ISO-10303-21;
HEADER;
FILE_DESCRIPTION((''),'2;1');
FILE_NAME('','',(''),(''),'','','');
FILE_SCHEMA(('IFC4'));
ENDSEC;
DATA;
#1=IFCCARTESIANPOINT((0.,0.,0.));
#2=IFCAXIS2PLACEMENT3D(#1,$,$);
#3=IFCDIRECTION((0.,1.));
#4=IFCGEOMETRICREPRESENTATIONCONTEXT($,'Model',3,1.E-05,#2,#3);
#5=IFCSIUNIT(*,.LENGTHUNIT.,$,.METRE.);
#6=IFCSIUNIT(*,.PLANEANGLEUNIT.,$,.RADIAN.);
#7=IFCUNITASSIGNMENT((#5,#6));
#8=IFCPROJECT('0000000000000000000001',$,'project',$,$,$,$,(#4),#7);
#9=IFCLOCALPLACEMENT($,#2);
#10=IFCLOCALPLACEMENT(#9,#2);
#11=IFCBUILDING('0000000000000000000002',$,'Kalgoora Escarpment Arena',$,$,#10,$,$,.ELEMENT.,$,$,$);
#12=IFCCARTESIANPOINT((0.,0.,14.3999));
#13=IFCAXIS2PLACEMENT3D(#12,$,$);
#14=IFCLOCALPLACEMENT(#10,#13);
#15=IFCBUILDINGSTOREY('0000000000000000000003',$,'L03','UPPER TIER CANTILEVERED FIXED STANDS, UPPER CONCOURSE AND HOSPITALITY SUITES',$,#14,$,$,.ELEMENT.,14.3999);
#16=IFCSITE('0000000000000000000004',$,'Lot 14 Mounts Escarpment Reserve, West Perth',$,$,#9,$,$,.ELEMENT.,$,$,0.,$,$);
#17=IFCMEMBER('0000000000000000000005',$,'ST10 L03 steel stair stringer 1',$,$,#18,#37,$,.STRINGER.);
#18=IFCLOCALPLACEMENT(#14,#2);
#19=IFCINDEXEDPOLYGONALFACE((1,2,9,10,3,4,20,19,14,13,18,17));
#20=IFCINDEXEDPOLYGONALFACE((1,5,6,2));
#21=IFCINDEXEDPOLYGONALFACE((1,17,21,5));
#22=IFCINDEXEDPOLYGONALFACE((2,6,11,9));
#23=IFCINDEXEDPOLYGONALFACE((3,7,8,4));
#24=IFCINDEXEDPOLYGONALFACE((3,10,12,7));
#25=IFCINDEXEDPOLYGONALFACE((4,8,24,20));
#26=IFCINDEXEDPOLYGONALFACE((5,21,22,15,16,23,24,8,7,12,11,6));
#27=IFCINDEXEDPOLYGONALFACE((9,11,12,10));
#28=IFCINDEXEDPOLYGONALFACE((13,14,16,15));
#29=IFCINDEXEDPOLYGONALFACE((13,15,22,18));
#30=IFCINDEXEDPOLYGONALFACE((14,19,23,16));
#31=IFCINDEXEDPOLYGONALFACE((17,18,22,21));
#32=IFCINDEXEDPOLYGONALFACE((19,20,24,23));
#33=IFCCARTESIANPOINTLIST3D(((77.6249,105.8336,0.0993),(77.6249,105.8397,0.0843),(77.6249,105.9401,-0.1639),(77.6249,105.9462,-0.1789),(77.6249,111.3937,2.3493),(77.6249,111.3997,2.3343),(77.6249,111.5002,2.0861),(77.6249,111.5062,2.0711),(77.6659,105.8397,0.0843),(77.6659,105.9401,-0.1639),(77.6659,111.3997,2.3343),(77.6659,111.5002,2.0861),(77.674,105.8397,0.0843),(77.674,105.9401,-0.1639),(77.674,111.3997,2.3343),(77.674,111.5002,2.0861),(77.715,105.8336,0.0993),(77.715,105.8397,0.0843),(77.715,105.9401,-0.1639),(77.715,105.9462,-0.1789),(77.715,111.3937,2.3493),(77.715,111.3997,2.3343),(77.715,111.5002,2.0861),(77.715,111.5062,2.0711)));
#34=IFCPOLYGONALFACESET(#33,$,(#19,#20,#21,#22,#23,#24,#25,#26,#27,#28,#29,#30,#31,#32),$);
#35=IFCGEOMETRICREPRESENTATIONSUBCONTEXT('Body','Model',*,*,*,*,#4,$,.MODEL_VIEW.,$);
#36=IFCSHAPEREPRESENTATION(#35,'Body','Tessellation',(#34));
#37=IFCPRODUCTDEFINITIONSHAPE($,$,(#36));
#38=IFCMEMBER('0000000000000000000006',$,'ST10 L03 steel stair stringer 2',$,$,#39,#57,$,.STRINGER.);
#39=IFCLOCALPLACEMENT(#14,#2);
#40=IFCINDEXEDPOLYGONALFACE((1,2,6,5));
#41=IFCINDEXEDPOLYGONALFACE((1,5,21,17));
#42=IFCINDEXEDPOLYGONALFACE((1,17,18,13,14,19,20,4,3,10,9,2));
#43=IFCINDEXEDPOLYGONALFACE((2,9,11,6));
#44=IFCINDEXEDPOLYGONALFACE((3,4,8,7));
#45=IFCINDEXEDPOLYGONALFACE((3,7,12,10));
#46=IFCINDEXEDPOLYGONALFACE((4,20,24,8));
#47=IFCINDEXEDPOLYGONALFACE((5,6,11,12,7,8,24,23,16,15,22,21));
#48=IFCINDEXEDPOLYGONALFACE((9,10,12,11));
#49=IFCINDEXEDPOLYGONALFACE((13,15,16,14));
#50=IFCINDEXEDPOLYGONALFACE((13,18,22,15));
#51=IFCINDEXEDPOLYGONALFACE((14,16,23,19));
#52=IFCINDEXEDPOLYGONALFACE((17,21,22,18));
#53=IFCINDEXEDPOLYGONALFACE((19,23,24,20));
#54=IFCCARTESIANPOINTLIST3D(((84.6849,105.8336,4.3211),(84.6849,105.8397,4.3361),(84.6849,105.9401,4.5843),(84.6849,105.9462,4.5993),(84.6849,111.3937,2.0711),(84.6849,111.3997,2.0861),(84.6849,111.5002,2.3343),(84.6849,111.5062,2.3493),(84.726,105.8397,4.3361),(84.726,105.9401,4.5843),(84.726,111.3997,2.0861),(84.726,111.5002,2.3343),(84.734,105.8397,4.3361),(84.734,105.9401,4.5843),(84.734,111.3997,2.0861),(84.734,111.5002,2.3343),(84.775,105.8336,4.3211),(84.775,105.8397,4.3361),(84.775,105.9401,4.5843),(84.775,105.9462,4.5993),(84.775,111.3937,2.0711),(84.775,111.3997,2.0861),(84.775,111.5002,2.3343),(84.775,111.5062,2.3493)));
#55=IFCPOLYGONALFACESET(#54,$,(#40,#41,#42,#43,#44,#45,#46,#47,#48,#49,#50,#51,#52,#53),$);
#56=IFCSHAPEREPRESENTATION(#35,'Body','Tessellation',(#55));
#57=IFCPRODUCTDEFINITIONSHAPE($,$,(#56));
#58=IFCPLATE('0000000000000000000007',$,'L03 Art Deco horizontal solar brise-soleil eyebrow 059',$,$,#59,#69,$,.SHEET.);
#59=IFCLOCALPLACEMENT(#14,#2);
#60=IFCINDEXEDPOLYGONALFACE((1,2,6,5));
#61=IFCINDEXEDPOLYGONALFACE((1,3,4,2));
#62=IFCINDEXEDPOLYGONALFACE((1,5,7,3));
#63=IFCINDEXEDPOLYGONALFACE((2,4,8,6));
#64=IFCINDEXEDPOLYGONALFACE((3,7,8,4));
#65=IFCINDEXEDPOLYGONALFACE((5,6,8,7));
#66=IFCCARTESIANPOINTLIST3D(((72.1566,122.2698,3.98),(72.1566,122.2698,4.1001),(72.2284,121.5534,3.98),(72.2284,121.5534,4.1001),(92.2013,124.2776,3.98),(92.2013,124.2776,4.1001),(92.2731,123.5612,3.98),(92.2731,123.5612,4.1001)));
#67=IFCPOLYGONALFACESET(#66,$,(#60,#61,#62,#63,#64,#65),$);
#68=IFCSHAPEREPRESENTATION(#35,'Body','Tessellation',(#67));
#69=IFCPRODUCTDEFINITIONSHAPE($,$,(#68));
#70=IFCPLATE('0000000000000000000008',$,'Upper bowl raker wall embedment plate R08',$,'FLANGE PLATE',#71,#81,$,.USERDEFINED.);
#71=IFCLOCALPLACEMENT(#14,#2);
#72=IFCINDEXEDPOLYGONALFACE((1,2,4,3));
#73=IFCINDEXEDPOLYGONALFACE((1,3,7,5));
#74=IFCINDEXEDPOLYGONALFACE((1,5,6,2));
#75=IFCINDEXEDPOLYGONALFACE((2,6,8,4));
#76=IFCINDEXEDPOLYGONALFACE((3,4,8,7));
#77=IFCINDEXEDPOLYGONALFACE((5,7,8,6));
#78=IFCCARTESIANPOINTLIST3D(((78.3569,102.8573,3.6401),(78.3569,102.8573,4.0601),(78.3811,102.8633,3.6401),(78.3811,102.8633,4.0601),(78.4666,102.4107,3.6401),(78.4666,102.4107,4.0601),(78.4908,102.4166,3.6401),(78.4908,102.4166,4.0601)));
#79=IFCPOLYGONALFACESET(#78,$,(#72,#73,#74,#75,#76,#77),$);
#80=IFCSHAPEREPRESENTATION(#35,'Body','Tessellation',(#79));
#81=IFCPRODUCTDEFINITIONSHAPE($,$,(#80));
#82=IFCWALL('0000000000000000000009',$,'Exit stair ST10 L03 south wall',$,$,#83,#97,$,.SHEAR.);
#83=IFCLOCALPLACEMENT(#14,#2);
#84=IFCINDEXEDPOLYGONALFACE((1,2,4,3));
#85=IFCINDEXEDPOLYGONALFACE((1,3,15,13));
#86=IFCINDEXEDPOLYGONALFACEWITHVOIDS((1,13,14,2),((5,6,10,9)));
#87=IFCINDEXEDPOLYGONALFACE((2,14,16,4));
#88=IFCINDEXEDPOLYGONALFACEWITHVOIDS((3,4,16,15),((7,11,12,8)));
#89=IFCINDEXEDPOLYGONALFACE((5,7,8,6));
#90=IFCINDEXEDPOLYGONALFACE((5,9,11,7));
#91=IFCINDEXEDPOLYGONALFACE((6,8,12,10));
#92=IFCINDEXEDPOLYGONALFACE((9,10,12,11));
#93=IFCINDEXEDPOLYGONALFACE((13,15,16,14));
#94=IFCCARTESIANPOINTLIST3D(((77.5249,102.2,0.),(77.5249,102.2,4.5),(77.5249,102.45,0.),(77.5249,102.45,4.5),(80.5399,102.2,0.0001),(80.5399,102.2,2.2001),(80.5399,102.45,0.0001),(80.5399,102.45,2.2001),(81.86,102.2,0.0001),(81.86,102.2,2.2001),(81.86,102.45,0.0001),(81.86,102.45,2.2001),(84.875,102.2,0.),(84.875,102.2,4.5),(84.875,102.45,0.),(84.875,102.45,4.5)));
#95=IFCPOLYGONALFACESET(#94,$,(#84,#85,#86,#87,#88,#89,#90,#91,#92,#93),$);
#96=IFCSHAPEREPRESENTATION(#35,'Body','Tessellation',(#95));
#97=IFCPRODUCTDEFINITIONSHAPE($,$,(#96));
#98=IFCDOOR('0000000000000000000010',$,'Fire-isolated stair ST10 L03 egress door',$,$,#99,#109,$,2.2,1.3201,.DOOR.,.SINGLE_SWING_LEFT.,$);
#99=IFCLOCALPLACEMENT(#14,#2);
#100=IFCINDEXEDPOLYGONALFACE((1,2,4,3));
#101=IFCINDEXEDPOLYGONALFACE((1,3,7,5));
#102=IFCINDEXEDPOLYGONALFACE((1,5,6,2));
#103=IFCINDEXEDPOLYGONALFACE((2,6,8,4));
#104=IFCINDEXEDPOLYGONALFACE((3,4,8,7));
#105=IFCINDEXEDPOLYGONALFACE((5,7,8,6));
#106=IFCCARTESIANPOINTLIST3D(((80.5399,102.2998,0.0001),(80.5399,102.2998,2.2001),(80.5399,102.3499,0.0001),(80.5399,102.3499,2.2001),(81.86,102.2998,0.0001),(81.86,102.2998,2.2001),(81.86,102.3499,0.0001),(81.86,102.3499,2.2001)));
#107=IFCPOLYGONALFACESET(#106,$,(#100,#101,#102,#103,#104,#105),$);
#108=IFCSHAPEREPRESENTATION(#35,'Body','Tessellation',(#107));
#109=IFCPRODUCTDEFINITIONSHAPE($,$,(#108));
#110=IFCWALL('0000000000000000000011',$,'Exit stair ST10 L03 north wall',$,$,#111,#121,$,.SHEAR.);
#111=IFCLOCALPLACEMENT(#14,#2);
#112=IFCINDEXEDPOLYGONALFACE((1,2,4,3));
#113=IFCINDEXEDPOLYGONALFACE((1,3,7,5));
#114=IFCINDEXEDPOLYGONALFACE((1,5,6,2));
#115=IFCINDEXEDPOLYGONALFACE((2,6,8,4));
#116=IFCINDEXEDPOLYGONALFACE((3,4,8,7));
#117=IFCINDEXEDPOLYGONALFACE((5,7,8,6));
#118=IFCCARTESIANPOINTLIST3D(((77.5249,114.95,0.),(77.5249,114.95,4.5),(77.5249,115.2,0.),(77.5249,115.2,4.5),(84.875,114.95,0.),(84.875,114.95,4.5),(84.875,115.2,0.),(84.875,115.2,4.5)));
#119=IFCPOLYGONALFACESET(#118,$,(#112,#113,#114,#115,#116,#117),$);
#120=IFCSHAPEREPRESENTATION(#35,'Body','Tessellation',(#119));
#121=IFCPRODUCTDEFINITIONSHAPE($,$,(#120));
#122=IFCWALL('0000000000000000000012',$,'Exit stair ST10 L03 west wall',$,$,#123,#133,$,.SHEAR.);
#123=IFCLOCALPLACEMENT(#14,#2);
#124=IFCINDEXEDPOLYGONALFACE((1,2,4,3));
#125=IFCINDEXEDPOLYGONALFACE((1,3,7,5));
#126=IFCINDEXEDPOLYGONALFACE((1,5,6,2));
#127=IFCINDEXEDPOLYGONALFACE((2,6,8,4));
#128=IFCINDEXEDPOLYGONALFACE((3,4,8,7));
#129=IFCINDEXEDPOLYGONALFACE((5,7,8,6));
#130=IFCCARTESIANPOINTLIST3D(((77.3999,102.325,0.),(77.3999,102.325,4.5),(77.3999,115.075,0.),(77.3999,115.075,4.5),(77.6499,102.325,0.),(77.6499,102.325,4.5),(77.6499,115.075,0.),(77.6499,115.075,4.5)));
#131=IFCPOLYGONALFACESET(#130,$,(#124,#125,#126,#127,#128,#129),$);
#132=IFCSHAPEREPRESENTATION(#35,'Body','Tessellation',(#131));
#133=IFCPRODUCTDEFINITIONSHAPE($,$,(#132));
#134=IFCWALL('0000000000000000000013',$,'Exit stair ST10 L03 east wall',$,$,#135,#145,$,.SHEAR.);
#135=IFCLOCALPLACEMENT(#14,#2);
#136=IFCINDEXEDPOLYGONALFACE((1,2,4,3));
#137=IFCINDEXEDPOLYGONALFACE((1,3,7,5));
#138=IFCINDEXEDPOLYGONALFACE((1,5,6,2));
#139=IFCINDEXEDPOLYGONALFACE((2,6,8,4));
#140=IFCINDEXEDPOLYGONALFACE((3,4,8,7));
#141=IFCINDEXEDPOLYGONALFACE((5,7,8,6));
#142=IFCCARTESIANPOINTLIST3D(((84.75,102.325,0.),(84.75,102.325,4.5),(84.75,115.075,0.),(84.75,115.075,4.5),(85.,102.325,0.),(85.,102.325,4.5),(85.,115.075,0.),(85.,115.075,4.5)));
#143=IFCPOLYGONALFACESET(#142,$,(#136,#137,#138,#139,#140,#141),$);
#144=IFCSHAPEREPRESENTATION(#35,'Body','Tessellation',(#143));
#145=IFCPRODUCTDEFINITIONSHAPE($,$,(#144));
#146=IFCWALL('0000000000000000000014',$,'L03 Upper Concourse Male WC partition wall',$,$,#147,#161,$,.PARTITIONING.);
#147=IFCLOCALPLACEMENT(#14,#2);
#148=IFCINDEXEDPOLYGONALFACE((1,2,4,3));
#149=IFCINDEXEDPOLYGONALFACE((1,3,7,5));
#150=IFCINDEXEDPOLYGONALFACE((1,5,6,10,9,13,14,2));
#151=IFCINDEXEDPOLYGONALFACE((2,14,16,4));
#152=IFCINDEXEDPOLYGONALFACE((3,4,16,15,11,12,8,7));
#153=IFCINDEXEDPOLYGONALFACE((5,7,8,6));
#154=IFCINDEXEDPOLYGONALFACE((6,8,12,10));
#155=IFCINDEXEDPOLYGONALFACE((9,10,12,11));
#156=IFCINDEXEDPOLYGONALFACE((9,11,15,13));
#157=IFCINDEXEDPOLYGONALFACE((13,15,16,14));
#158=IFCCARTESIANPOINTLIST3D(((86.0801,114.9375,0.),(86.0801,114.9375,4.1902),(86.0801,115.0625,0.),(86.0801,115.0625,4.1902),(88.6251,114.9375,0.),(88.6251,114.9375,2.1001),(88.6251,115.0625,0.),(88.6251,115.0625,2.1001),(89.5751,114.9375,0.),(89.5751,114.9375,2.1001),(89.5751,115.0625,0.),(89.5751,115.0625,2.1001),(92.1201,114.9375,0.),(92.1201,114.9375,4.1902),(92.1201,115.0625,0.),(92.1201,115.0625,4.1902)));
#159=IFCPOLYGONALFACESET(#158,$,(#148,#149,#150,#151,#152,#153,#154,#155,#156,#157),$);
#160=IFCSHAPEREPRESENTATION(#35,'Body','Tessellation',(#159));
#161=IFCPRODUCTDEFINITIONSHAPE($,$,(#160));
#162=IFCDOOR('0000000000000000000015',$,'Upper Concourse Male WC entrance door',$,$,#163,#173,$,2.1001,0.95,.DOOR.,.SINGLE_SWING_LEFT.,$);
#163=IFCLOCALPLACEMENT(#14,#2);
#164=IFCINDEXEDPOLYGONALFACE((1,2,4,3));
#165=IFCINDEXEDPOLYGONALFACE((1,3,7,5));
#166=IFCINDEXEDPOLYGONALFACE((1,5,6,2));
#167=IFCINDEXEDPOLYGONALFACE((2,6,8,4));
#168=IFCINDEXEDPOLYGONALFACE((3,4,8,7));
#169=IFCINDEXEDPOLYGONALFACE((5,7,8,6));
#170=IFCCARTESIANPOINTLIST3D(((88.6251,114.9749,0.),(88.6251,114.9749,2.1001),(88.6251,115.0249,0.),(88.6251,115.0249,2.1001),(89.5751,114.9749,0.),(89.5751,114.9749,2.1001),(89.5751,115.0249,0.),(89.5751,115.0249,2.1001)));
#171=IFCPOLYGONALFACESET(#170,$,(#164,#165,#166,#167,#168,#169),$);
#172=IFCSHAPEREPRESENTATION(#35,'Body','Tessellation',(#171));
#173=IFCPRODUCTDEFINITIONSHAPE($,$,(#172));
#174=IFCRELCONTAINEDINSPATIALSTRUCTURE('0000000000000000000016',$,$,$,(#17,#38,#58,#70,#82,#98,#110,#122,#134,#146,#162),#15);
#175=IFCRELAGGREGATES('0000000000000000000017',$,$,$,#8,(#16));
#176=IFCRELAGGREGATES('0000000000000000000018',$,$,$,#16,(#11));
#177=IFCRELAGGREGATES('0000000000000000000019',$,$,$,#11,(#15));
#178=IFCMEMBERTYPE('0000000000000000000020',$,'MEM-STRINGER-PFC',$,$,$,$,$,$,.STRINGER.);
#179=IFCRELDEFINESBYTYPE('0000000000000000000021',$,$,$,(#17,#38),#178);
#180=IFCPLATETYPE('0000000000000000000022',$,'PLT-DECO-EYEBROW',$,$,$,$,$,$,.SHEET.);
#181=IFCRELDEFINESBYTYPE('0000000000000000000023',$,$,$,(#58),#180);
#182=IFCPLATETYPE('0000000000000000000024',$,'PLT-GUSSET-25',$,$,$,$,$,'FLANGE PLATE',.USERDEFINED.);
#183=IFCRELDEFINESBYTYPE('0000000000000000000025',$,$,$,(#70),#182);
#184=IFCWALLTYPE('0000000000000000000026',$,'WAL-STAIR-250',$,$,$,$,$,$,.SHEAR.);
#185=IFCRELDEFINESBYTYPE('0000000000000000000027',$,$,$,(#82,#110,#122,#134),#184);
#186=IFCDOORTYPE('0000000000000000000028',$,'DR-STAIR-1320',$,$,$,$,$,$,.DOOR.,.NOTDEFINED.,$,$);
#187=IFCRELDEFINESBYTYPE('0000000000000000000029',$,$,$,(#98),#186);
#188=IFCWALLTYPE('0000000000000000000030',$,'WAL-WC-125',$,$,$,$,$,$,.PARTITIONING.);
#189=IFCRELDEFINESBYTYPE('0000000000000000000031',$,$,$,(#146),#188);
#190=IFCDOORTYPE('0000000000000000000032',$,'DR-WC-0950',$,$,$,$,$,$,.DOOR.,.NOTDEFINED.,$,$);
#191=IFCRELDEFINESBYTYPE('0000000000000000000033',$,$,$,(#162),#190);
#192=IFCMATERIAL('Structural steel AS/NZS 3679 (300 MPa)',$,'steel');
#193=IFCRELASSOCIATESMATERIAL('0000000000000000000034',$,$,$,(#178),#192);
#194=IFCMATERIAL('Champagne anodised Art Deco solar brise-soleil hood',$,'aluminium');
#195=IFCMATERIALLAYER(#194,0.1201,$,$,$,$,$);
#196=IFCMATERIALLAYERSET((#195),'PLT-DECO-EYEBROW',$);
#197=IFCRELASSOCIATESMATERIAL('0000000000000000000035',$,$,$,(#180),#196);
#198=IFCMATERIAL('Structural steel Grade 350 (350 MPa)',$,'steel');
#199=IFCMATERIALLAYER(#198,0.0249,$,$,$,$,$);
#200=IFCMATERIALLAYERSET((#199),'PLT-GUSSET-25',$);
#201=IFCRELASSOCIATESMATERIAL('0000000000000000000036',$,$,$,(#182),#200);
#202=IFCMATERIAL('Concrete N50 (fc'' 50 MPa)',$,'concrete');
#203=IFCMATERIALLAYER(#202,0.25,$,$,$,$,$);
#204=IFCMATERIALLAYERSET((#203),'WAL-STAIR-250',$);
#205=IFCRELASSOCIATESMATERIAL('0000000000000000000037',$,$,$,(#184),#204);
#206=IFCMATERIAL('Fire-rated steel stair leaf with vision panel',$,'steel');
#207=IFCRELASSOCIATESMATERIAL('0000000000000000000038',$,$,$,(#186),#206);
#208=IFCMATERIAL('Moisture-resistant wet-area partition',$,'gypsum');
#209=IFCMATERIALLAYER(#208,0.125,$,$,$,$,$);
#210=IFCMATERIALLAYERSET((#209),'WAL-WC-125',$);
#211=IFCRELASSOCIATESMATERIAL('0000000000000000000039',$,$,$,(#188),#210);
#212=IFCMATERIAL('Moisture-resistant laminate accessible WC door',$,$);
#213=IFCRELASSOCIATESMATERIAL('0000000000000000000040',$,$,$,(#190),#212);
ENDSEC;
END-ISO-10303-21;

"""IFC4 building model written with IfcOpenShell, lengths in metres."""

from ifc_helpers import new_model, si_unit, direction, frame, frame_2d, origin, origin_2d, place, context, subcontext, project, spatial, rectangle, i_section, extrude, material, layer, layer_set, material_profile, profile_set, type_object, element, fill, save


model = new_model("IFC4")

# Units and contexts
model_context = context("Model", 3, precision=1e-05, world=origin(), true_north=direction((0.0, 1.0)))
body_context = subcontext(model_context, "Body", "Model", "MODEL_VIEW")
ifc_project = project(units=[si_unit("LENGTHUNIT", "METRE"), si_unit("PLANEANGLEUNIT", "RADIAN")], contexts=[model_context])

# Site, building, storey
site_placement = place(None, origin())
site = spatial("IfcSite", under=ifc_project, at=site_placement, Name="Lot 14 Mounts Escarpment Reserve, West Perth", CompositionType="ELEMENT", RefElevation=0.0)
building_placement = place(site_placement, origin())
building = spatial("IfcBuilding", under=site, at=building_placement, Name="Kalgoora Escarpment Arena", CompositionType="ELEMENT")
storey_placement = place(building_placement, frame((0.0, 0.0, 14.3999)))
storey = spatial("IfcBuildingStorey", under=building, at=storey_placement, Name="L03", Description="UPPER TIER CANTILEVERED FIXED STANDS, UPPER CONCOURSE AND HOSPITALITY SUITES", CompositionType="ELEMENT", Elevation=14.3999)

# Members
ifc_material_1 = material(Name="Structural steel AS/NZS 3679 (300 MPa)", Category="steel")
ifc_material_profile_1 = material_profile(ifc_material_1, i_section(OverallWidth=0.0901, OverallDepth=0.3, WebThickness=0.0081, FlangeThickness=0.0161, at=origin_2d()))
ifc_profile_set_1 = profile_set([ifc_material_profile_1], Name="Structural steel AS/NZS 3679 (300 MPa)")
member_type = type_object("IfcMemberType", Name="MEM-STRINGER-PFC", PredefinedType="STRINGER", material=ifc_profile_set_1)
for number, where, z_axis, x_axis, name in (
    (1, (77.6699, 105.8899, -0.0398), (0.0, 0.926976, 0.375121), (-1.0, 0.0, 0.0), "ST10 L03 steel stair stringer 1"),
    (2, (84.73, 111.45, 2.2102), (0.0, -0.926976, 0.375121), (1.0, 0.0, 0.0), "ST10 L03 steel stair stringer 2"),
):
    element("IfcMember", number, at=place(storey_placement, frame(where, z_axis=z_axis, x_axis=x_axis)), inside=storey, type_object=member_type, Name=name, PredefinedType="STRINGER", context=body_context, shape_type="SweptSolid", body=[
        extrude(i_section(OverallWidth=0.0901, OverallDepth=0.3, WebThickness=0.0081, FlangeThickness=0.0161, at=origin_2d()), origin(), (0.0, 0.0, 1.0), 5.998),
    ])

# Plates
ifc_material_2 = material(Name="Champagne anodised Art Deco solar brise-soleil hood", Category="aluminium")
ifc_layer_1 = layer(ifc_material_2, 0.1201)
ifc_layer_set_1 = layer_set([ifc_layer_1], Name="PLT-DECO-EYEBROW")
plate_type_1 = type_object("IfcPlateType", Name="PLT-DECO-EYEBROW", PredefinedType="SHEET", material=ifc_layer_set_1)
plate_1_placement = place(storey_placement, frame((82.2148, 122.9155, 3.98), z_axis=(0.0, 0.0, 1.0), x_axis=(0.995021, 0.099667, 0.0)))
element("IfcPlate", 3, at=plate_1_placement, inside=storey, type_object=plate_type_1, Name="L03 Art Deco horizontal solar brise-soleil eyebrow 059", PredefinedType="SHEET", context=body_context, shape_type="SweptSolid", body=[
    extrude(rectangle(XDim=20.145, YDim=0.72, at=origin_2d()), origin(), (0.0, 0.0, 1.0), 0.1201),
])
ifc_material_3 = material(Name="Structural steel Grade 350 (350 MPa)", Category="steel")
ifc_layer_2 = layer(ifc_material_3, 0.0249)
ifc_layer_set_2 = layer_set([ifc_layer_2], Name="PLT-GUSSET-25")
plate_type_2 = type_object("IfcPlateType", Name="PLT-GUSSET-25", ElementType="FLANGE PLATE", PredefinedType="USERDEFINED", material=ifc_layer_set_2)
plate_2_placement = place(storey_placement, frame((78.4238, 102.637, 3.6401), z_axis=(0.0, 0.0, 1.0), x_axis=(-0.238533, 0.971134, 0.0)))
element("IfcPlate", 4, at=plate_2_placement, inside=storey, type_object=plate_type_2, Name="Upper bowl raker wall embedment plate R08", ObjectType="FLANGE PLATE", PredefinedType="USERDEFINED", context=body_context, shape_type="SweptSolid", body=[
    extrude(rectangle(XDim=0.46, YDim=0.0249, at=origin_2d()), origin(), (0.0, 0.0, 1.0), 0.4199),
])

# Wall, opening, door
ifc_material_4 = material(Name="Concrete N50 (fc' 50 MPa)", Category="concrete")
ifc_layer_3 = layer(ifc_material_4, 0.25)
ifc_layer_set_3 = layer_set([ifc_layer_3], Name="WAL-STAIR-250")
wall_type_1 = type_object("IfcWallType", Name="WAL-STAIR-250", PredefinedType="SHEAR", material=ifc_layer_set_3)
wall_1_placement = place(storey_placement, frame((77.5249, 102.325, 0.0), z_axis=(0.0, 0.0, 1.0), x_axis=(1.0, 0.0, 0.0)))
wall_1 = element("IfcWall", 5, at=wall_1_placement, inside=storey, type_object=wall_type_1, Name="Exit stair ST10 L03 south wall", PredefinedType="SHEAR", context=body_context, shape_type="SweptSolid", body=[
    extrude(rectangle(XDim=7.3501, YDim=0.25, at=frame_2d((3.675, 0.0))), origin(), (0.0, 0.0, 1.0), 4.5),
])
opening_1_placement = place(wall_1_placement, frame((3.0149, 0.0, 0.0)))
opening_1 = element("IfcOpeningElement", 6, at=opening_1_placement, cuts=wall_1, PredefinedType="OPENING", context=body_context, shape_type="SweptSolid", body=[
    extrude(rectangle(XDim=1.3201, YDim=2.2, at=frame_2d((0.6602, 1.1001))), frame((0.0, 0.135, 0.0), z_axis=(0.0, -1.0, 0.0), x_axis=(1.0, 0.0, 0.0)), (0.0, 0.0, 1.0), 0.27),
])
ifc_material_5 = material(Name="Fire-rated steel stair leaf with vision panel", Category="steel")
door_type_1 = type_object("IfcDoorType", Name="DR-STAIR-1320", OperationType="NOTDEFINED", PredefinedType="DOOR", material=ifc_material_5)
door_1_placement = place(opening_1_placement, origin())
door_1 = element("IfcDoor", 7, at=door_1_placement, inside=storey, type_object=door_type_1, Name="Fire-isolated stair ST10 L03 egress door", OperationType="SINGLE_SWING_LEFT", OverallHeight=2.2, OverallWidth=1.3201, PredefinedType="DOOR", context=body_context, shape_type="SweptSolid", body=[
    extrude(rectangle(XDim=1.3201, YDim=2.2, at=frame_2d((0.6602, 1.1001))), frame((0.0, 0.0249, 0.0), z_axis=(0.0, -1.0, 0.0), x_axis=(1.0, 0.0, 0.0)), (0.0, 0.0, 1.0), 0.05),
])
fill(opening_1, door_1)

# Walls
wall_2_placement = place(storey_placement, frame((77.5249, 115.075, 0.0), z_axis=(0.0, 0.0, 1.0), x_axis=(1.0, 0.0, 0.0)))
element("IfcWall", 8, at=wall_2_placement, inside=storey, type_object=wall_type_1, Name="Exit stair ST10 L03 north wall", PredefinedType="SHEAR", context=body_context, shape_type="SweptSolid", body=[
    extrude(rectangle(XDim=7.3501, YDim=0.25, at=frame_2d((3.675, 0.0))), origin(), (0.0, 0.0, 1.0), 4.5),
])
for number, where, z_axis, x_axis, name in (
    (9, (77.5249, 102.325, 0.0), (0.0, 0.0, 1.0), (0.0, 1.0, 0.0), "Exit stair ST10 L03 west wall"),
    (10, (84.875, 102.325, 0.0), (0.0, 0.0, 1.0), (0.0, 1.0, 0.0), "Exit stair ST10 L03 east wall"),
):
    element("IfcWall", number, at=place(storey_placement, frame(where, z_axis=z_axis, x_axis=x_axis)), inside=storey, type_object=wall_type_1, Name=name, PredefinedType="SHEAR", context=body_context, shape_type="SweptSolid", body=[
        extrude(rectangle(XDim=12.75, YDim=0.25, at=frame_2d((6.375, 0.0))), origin(), (0.0, 0.0, 1.0), 4.5),
    ])

# Wall, opening, door
ifc_material_6 = material(Name="Moisture-resistant wet-area partition", Category="gypsum")
ifc_layer_4 = layer(ifc_material_6, 0.125)
ifc_layer_set_4 = layer_set([ifc_layer_4], Name="WAL-WC-125")
wall_type_2 = type_object("IfcWallType", Name="WAL-WC-125", PredefinedType="PARTITIONING", material=ifc_layer_set_4)
wall_3_placement = place(storey_placement, frame((86.0801, 115.0, 0.0), z_axis=(0.0, 0.0, 1.0), x_axis=(1.0, 0.0, 0.0)))
wall_3 = element("IfcWall", 11, at=wall_3_placement, inside=storey, type_object=wall_type_2, Name="L03 Upper Concourse Male WC partition wall", PredefinedType="PARTITIONING", context=body_context, shape_type="SweptSolid", body=[
    extrude(rectangle(XDim=6.04, YDim=0.125, at=frame_2d((3.02, 0.0))), origin(), (0.0, 0.0, 1.0), 4.1902),
])
opening_2_placement = place(wall_3_placement, frame((2.5449, 0.0, 0.0)))
opening_2 = element("IfcOpeningElement", 12, at=opening_2_placement, cuts=wall_3, PredefinedType="OPENING", context=body_context, shape_type="SweptSolid", body=[
    extrude(rectangle(XDim=0.95, YDim=2.1001, at=frame_2d((0.4751, 1.05))), frame((0.0, 0.0725, 0.0), z_axis=(0.0, -1.0, 0.0), x_axis=(1.0, 0.0, 0.0)), (0.0, 0.0, 1.0), 0.145),
])
ifc_material_7 = material(Name="Moisture-resistant laminate accessible WC door")
door_type_2 = type_object("IfcDoorType", Name="DR-WC-0950", OperationType="NOTDEFINED", PredefinedType="DOOR", material=ifc_material_7)
door_2_placement = place(opening_2_placement, origin())
door_2 = element("IfcDoor", 13, at=door_2_placement, inside=storey, type_object=door_type_2, Name="Upper Concourse Male WC entrance door", OperationType="SINGLE_SWING_LEFT", OverallHeight=2.1001, OverallWidth=0.95, PredefinedType="DOOR", context=body_context, shape_type="SweptSolid", body=[
    extrude(rectangle(XDim=0.95, YDim=2.1001, at=frame_2d((0.4751, 1.05))), frame((0.0, 0.0249, 0.0), z_axis=(0.0, -1.0, 0.0), x_axis=(1.0, 0.0, 0.0)), (0.0, 0.0, 1.0), 0.05),
])
fill(opening_2, door_2)

save(model, "model.ifc")
